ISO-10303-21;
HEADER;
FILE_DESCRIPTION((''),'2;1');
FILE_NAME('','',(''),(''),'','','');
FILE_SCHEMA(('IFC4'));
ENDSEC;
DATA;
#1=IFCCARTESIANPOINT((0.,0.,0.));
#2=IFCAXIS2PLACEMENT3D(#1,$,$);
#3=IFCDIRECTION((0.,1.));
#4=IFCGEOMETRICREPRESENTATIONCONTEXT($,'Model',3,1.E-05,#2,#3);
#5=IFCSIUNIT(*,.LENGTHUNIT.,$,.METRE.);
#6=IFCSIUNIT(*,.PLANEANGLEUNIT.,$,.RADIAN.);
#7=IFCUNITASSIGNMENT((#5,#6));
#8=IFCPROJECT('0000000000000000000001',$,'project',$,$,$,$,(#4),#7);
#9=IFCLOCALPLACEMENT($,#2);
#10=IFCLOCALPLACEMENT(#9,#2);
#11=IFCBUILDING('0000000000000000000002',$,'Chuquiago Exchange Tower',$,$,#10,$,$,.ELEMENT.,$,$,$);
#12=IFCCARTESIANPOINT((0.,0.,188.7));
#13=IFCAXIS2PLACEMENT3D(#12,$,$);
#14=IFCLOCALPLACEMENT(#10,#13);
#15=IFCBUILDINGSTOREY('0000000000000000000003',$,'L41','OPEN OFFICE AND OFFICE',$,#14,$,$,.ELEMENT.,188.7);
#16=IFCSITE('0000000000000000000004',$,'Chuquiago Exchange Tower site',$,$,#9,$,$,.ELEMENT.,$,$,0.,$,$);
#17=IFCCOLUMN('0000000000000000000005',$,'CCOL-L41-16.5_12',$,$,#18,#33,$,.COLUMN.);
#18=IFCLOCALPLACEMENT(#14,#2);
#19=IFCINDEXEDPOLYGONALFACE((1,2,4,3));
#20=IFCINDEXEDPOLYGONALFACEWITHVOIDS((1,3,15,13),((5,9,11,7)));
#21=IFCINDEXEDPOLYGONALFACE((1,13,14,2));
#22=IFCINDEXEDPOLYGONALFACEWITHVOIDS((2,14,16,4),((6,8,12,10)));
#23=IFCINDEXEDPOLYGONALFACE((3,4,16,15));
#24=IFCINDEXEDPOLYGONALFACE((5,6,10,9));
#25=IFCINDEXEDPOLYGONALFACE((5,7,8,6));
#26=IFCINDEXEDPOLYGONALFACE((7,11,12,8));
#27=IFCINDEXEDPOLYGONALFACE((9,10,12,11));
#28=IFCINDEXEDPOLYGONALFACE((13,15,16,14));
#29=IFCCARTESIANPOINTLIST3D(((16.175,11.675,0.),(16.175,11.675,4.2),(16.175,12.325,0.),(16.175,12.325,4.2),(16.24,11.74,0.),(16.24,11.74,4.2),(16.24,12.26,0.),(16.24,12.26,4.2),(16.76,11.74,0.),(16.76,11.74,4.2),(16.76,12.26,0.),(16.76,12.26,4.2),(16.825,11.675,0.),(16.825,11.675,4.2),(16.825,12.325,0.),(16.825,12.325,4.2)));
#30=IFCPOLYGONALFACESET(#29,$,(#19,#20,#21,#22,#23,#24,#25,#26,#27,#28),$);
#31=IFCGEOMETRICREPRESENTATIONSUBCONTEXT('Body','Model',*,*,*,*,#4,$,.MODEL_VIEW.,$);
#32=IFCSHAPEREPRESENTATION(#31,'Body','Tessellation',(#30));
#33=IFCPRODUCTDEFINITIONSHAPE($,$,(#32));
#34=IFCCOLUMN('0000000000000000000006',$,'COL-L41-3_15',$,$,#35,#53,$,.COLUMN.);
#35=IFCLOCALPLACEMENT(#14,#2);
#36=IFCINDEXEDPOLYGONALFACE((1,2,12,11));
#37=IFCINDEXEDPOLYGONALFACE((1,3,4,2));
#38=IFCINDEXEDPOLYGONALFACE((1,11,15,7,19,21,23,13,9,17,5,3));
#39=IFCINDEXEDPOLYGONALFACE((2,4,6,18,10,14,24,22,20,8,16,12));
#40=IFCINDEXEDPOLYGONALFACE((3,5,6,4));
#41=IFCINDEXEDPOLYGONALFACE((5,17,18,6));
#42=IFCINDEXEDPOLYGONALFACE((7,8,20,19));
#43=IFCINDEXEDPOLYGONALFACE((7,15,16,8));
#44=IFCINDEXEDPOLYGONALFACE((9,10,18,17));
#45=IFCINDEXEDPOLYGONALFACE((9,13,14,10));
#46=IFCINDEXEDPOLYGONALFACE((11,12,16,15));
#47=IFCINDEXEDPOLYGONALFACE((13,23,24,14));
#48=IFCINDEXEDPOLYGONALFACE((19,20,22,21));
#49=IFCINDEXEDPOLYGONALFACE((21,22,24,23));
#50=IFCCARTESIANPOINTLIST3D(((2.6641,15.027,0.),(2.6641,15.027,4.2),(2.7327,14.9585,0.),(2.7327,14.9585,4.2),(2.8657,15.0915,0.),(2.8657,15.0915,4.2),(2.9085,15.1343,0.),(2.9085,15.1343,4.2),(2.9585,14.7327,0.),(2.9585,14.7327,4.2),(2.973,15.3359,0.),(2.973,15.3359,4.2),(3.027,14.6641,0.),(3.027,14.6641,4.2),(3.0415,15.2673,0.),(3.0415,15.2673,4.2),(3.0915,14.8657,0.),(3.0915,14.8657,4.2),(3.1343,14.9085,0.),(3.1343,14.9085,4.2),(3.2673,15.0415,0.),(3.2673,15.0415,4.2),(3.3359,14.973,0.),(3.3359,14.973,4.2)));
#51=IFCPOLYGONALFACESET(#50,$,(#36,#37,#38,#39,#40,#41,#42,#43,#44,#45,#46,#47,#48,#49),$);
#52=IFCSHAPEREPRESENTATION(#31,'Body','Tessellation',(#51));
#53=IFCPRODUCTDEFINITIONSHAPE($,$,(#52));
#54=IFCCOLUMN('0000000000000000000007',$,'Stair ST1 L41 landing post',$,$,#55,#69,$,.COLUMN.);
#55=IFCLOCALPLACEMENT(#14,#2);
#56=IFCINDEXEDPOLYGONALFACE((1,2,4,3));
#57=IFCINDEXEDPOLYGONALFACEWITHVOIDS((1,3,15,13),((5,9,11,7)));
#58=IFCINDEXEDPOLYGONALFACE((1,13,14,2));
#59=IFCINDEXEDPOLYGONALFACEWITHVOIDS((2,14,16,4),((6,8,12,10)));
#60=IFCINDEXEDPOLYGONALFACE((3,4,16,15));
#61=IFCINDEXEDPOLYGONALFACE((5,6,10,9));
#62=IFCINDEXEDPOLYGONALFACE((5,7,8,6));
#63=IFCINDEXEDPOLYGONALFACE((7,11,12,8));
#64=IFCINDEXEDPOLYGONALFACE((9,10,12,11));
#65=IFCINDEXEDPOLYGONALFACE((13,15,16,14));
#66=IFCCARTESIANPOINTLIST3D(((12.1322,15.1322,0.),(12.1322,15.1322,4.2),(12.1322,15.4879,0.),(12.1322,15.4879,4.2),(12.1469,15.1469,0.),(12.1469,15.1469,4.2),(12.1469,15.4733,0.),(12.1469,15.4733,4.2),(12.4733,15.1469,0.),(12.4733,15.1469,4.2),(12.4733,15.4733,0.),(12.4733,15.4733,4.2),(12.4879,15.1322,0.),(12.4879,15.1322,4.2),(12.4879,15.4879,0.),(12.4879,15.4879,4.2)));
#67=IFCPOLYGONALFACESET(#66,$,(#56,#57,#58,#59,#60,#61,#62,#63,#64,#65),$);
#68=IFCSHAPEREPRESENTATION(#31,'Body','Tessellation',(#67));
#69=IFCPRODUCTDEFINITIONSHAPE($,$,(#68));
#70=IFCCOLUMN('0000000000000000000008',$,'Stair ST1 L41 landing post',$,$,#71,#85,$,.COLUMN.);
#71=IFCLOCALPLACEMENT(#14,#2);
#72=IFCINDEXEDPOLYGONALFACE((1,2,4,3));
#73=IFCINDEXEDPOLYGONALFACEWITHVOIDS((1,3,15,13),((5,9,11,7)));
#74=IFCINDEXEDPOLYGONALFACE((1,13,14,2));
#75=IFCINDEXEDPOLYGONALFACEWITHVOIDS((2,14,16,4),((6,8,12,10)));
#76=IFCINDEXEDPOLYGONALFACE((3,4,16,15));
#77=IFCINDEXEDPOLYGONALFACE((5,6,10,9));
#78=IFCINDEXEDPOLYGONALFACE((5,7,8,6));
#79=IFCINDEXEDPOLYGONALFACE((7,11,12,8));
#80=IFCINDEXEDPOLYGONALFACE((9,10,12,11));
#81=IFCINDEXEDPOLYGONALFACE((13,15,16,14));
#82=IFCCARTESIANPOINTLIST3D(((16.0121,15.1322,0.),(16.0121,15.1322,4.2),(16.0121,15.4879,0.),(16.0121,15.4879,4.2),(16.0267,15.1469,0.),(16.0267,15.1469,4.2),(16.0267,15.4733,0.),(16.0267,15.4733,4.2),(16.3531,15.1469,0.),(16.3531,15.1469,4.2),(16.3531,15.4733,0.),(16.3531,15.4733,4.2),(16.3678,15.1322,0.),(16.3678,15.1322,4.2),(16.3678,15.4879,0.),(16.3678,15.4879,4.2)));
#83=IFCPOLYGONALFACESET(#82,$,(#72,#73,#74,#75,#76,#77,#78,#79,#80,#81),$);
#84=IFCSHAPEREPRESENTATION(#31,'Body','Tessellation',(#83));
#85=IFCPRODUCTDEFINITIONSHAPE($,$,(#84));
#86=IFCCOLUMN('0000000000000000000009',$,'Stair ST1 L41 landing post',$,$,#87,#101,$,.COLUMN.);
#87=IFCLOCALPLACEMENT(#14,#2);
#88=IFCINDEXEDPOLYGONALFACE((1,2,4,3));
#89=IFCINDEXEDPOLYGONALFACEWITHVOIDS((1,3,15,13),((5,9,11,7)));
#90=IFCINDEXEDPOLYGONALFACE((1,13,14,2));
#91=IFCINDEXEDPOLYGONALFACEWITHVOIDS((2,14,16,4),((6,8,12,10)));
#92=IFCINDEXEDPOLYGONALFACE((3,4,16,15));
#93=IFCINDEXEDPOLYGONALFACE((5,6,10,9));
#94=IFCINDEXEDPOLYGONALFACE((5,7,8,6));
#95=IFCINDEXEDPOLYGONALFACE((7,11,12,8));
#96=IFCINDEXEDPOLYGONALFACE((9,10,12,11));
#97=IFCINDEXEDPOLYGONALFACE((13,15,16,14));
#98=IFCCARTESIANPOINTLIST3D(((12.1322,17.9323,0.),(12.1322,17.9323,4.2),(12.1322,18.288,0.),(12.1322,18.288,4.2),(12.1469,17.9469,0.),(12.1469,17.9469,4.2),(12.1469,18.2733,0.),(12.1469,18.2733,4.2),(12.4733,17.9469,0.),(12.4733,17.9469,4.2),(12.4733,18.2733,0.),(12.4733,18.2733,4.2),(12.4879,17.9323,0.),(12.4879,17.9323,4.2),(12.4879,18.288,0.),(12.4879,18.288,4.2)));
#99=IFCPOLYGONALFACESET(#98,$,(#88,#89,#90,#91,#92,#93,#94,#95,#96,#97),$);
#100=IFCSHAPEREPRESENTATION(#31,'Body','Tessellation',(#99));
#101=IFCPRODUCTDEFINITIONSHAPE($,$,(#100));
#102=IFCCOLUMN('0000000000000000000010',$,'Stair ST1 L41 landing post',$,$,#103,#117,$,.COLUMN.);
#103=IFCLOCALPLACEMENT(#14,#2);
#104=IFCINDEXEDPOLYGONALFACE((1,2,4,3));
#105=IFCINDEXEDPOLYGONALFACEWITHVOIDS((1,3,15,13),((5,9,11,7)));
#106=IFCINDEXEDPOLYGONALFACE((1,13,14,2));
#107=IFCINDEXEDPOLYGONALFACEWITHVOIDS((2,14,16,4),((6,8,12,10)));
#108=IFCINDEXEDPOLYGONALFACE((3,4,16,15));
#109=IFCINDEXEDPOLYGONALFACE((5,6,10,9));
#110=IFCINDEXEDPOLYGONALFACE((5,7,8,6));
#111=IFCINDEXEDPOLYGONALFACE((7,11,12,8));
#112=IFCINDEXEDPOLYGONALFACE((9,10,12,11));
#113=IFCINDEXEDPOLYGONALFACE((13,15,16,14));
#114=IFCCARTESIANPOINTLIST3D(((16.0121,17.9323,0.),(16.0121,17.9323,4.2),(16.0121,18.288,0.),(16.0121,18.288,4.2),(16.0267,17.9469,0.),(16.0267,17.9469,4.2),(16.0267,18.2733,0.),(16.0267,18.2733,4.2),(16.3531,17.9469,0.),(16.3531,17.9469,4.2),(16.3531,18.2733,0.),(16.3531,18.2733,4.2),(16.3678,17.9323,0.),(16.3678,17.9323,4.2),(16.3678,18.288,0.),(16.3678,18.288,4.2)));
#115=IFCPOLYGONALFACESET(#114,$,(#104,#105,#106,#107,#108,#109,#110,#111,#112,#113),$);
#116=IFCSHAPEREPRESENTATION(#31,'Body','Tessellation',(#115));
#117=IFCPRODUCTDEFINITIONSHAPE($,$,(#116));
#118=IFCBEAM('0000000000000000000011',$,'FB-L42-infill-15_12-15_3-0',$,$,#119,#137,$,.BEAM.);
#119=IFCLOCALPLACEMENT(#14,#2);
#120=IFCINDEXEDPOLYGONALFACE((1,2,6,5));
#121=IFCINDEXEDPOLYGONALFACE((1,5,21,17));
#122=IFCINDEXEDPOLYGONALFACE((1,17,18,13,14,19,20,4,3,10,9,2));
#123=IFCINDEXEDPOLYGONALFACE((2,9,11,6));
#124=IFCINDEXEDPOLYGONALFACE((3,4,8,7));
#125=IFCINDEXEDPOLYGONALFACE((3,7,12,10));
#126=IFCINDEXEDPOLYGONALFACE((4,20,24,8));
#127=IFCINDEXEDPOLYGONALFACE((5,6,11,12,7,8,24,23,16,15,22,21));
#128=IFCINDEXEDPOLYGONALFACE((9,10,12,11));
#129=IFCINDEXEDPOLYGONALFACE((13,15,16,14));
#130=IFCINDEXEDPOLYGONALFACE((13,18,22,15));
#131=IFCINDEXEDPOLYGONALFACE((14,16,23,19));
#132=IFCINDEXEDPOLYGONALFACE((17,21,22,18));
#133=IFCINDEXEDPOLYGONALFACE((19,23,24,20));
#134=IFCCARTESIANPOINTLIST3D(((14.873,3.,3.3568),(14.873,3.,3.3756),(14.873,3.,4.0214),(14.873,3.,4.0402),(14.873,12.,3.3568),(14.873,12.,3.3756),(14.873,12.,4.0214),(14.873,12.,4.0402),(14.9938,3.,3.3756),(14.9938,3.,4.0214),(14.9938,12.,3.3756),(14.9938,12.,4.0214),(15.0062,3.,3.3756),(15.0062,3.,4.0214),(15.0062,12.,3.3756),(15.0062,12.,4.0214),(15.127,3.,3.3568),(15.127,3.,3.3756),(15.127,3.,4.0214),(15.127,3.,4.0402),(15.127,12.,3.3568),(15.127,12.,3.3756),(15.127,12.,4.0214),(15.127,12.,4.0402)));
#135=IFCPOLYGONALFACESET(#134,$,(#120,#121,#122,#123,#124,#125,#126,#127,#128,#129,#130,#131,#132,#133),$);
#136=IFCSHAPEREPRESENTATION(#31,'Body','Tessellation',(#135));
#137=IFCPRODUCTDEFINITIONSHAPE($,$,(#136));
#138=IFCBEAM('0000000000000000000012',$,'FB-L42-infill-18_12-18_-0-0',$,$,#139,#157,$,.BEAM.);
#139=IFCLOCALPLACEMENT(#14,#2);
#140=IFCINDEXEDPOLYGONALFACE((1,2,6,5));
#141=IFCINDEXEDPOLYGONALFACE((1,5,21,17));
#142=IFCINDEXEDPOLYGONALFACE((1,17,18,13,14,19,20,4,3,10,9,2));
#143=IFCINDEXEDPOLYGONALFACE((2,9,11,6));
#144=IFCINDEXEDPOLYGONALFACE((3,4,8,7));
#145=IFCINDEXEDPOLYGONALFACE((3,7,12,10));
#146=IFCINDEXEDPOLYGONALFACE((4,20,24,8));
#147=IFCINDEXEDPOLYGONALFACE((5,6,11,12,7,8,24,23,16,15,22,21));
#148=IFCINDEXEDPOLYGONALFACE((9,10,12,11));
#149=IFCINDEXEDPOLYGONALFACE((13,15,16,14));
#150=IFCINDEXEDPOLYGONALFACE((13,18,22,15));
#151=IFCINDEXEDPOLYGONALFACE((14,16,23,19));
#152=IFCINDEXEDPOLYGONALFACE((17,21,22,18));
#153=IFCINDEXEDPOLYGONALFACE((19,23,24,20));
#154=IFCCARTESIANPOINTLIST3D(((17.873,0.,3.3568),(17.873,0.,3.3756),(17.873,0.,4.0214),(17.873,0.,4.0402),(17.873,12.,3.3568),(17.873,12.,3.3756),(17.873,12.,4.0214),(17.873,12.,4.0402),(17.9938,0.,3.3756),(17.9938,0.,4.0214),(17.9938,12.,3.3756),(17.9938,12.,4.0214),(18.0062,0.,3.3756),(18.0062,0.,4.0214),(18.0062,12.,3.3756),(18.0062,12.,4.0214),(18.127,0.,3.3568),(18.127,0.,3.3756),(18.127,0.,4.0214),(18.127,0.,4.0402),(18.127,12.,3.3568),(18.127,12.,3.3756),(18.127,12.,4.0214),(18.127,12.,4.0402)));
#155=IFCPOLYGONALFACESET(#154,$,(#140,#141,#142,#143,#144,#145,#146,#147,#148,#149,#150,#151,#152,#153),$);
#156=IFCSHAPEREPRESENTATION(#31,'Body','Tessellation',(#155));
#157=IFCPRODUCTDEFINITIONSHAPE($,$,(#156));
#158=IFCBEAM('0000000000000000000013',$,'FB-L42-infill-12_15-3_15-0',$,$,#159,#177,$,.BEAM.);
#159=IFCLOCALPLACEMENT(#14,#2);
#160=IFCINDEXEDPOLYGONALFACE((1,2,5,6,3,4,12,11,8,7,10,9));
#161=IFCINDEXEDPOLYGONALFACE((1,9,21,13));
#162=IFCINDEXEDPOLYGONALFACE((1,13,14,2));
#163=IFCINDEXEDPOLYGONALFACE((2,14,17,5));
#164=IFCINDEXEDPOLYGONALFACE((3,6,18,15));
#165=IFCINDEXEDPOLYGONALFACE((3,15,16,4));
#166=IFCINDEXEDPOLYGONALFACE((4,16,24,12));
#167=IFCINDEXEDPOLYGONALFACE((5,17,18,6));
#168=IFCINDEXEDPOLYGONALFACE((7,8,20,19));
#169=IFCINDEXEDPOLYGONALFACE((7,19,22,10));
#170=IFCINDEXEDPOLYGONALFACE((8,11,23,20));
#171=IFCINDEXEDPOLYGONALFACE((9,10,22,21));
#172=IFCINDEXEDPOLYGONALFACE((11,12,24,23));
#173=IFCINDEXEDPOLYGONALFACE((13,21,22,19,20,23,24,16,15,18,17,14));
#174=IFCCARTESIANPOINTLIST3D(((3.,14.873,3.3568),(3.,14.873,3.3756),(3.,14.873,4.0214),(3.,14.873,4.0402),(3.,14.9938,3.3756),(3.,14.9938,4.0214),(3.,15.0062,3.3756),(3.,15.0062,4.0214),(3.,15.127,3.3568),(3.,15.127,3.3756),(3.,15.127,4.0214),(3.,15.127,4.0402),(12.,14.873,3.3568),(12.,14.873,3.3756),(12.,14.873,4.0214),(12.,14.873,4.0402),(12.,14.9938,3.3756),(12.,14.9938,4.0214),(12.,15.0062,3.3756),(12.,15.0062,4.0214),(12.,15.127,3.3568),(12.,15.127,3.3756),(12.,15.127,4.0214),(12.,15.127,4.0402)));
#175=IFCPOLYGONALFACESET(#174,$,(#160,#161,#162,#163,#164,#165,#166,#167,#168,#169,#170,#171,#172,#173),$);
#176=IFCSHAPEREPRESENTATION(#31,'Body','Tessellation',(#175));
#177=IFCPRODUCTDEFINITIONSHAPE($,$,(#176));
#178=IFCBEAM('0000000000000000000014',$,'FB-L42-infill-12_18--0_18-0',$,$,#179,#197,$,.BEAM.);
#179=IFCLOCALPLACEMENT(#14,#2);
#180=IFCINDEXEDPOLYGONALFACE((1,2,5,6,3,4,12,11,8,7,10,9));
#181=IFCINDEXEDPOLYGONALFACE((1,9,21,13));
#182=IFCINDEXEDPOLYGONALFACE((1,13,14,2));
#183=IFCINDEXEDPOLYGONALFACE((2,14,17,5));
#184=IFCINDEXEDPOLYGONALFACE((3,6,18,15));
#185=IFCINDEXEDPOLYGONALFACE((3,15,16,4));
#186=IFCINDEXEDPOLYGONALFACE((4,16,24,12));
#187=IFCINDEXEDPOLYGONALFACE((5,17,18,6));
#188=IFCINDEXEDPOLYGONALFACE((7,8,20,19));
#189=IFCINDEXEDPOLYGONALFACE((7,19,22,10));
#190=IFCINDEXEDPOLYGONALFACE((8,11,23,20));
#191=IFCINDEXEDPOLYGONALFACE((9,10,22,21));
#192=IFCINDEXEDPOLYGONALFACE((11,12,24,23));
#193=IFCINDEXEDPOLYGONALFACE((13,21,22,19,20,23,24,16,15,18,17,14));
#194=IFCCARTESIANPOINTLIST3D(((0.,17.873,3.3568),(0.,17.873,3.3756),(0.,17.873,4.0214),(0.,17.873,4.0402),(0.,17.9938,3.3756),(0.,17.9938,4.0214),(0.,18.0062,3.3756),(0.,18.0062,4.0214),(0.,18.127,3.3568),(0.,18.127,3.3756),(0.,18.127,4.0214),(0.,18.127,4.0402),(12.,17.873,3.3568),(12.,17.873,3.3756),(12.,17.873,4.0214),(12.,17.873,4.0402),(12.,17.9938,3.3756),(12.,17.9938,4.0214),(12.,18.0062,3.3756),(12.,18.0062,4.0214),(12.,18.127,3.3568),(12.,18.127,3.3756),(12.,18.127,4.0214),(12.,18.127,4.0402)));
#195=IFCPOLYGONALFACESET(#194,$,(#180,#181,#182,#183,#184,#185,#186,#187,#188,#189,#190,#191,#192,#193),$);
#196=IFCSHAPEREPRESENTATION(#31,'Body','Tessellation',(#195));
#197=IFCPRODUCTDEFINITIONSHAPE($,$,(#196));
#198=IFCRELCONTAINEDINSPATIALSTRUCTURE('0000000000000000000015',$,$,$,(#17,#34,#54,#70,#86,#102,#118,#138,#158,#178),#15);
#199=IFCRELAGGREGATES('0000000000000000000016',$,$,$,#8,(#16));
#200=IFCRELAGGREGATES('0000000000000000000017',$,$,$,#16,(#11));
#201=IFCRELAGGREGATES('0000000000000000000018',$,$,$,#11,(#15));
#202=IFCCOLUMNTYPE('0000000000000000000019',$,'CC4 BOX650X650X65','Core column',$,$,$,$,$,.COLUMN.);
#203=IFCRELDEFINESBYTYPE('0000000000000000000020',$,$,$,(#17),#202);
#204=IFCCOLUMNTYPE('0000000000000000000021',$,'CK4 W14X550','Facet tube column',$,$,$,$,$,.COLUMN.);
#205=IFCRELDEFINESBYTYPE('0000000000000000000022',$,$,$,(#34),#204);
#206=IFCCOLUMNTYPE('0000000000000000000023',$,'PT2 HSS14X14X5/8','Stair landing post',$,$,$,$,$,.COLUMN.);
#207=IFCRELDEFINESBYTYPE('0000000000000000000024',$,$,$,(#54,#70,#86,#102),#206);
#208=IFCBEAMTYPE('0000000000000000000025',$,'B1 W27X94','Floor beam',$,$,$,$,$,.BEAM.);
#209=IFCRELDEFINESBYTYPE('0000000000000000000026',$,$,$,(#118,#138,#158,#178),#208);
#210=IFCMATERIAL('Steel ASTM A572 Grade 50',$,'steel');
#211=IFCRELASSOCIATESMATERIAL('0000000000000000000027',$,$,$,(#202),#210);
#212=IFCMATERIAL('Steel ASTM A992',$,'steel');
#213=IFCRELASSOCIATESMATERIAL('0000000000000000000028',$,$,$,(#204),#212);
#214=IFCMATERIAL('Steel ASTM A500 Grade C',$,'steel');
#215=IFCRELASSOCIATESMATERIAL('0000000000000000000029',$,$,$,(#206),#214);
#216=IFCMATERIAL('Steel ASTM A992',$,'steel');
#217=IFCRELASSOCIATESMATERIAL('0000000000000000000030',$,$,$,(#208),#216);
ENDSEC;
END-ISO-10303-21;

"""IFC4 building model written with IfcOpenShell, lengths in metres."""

from ifc_helpers import new_model, si_unit, direction, frame, origin, origin_2d, place, context, subcontext, project, spatial, hollow_rectangle, i_section, extrude, material, material_profile, profile_set, type_object, element, save


model = new_model("IFC4")

# Units and contexts
model_context = context("Model", 3, precision=1e-05, world=origin(), true_north=direction((0.0, 1.0)))
body_context = subcontext(model_context, "Body", "Model", "MODEL_VIEW")
ifc_project = project(units=[si_unit("LENGTHUNIT", "METRE"), si_unit("PLANEANGLEUNIT", "RADIAN")], contexts=[model_context])

# Site, building, storey
site_placement = place(None, origin())
site = spatial("IfcSite", under=ifc_project, at=site_placement, Name="Chuquiago Exchange Tower site", CompositionType="ELEMENT", RefElevation=0.0)
building_placement = place(site_placement, origin())
building = spatial("IfcBuilding", under=site, at=building_placement, Name="Chuquiago Exchange Tower", CompositionType="ELEMENT")
storey_placement = place(building_placement, frame((0.0, 0.0, 188.7)))
storey = spatial("IfcBuildingStorey", under=building, at=storey_placement, Name="L41", Description="OPEN OFFICE AND OFFICE", CompositionType="ELEMENT", Elevation=188.7)

# Columns
ifc_material_1 = material(Name="Steel ASTM A572 Grade 50", Category="steel")
ifc_material_profile_1 = material_profile(ifc_material_1, hollow_rectangle(XDim=0.6499, YDim=0.6499, WallThickness=0.0649, at=origin_2d()), Name="BOX650X650X65")
ifc_profile_set_1 = profile_set([ifc_material_profile_1], Name="Steel ASTM A572 Grade 50")
column_type_1 = type_object("IfcColumnType", Name="CC4 BOX650X650X65", Description="Core column", PredefinedType="COLUMN", material=ifc_profile_set_1)
column_1_placement = place(storey_placement, frame((16.5, 12.0, 0.0), z_axis=(0.0, 0.0, 1.0), x_axis=(1.0, 0.0, 0.0)))
element("IfcColumn", 1, at=column_1_placement, inside=storey, type_object=column_type_1, Name="CCOL-L41-16.5_12", PredefinedType="COLUMN", context=body_context, shape_type="SweptSolid", body=[
    extrude(hollow_rectangle(XDim=0.6499, YDim=0.6499, WallThickness=0.0649, at=origin_2d()), origin(), (0.0, 0.0, 1.0), 4.2),
])
ifc_material_2 = material(Name="Steel ASTM A992", Category="steel")
ifc_material_profile_2 = material_profile(ifc_material_2, i_section(OverallWidth=0.4368, OverallDepth=0.5132, WebThickness=0.0605, FlangeThickness=0.0969, at=origin_2d()), Name="W14X550")
ifc_profile_set_2 = profile_set([ifc_material_profile_2], Name="Steel ASTM A992")
column_type_2 = type_object("IfcColumnType", Name="CK4 W14X550", Description="Facet tube column", PredefinedType="COLUMN", material=ifc_profile_set_2)
column_2_placement = place(storey_placement, frame((3.0, 15.0, 0.0), z_axis=(0.0, 0.0, 1.0), x_axis=(-0.707107, -0.707107, 0.0)))
element("IfcColumn", 2, at=column_2_placement, inside=storey, type_object=column_type_2, Name="COL-L41-3_15", PredefinedType="COLUMN", context=body_context, shape_type="SweptSolid", body=[
    extrude(i_section(OverallWidth=0.4368, OverallDepth=0.5132, WebThickness=0.0605, FlangeThickness=0.0969, at=origin_2d()), origin(), (0.0, 0.0, 1.0), 4.2),
])
ifc_material_3 = material(Name="Steel ASTM A500 Grade C", Category="steel")
ifc_material_profile_3 = material_profile(ifc_material_3, hollow_rectangle(XDim=0.3557, YDim=0.3557, WallThickness=0.0146, at=origin_2d()), Name="HSS14X14X5/8")
ifc_profile_set_3 = profile_set([ifc_material_profile_3], Name="Steel ASTM A500 Grade C")
column_type_3 = type_object("IfcColumnType", Name="PT2 HSS14X14X5/8", Description="Stair landing post", PredefinedType="COLUMN", material=ifc_profile_set_3)
for number, where, z_axis, x_axis, name in (
    (3, (12.3101, 15.3101, 0.0), (0.0, 0.0, 1.0), (1.0, 0.0, 0.0), "Stair ST1 L41 landing post"),
    (4, (16.1899, 15.3101, 0.0), (0.0, 0.0, 1.0), (1.0, 0.0, 0.0), "Stair ST1 L41 landing post"),
    (5, (12.3101, 18.1101, 0.0), (0.0, 0.0, 1.0), (1.0, 0.0, 0.0), "Stair ST1 L41 landing post"),
    (6, (16.1899, 18.1101, 0.0), (0.0, 0.0, 1.0), (1.0, 0.0, 0.0), "Stair ST1 L41 landing post"),
):
    element("IfcColumn", number, at=place(storey_placement, frame(where, z_axis=z_axis, x_axis=x_axis)), inside=storey, type_object=column_type_3, Name=name, PredefinedType="COLUMN", context=body_context, shape_type="SweptSolid", body=[
        extrude(hollow_rectangle(XDim=0.3557, YDim=0.3557, WallThickness=0.0146, at=origin_2d()), origin(), (0.0, 0.0, 1.0), 4.2),
    ])

# Beams
ifc_material_4 = material(Name="Steel ASTM A992", Category="steel")
ifc_material_profile_4 = material_profile(ifc_material_4, i_section(OverallWidth=0.2539, OverallDepth=0.6833, WebThickness=0.0125, FlangeThickness=0.0188, at=origin_2d()), Name="W27X94")
ifc_profile_set_4 = profile_set([ifc_material_profile_4], Name="Steel ASTM A992")
beam_type_1 = type_object("IfcBeamType", Name="B1 W27X94", Description="Floor beam", PredefinedType="BEAM", material=ifc_profile_set_4)
beam_1_placement = place(storey_placement, frame((15.0, 12.0, 3.6985), z_axis=(0.0, -1.0, 0.0), x_axis=(1.0, 0.0, 0.0)))
element("IfcBeam", 7, at=beam_1_placement, inside=storey, type_object=beam_type_1, Name="FB-L42-infill-15_12-15_3-0", PredefinedType="BEAM", context=body_context, shape_type="SweptSolid", body=[
    extrude(i_section(OverallWidth=0.2539, OverallDepth=0.6833, WebThickness=0.0125, FlangeThickness=0.0188, at=origin_2d()), origin(), (0.0, 0.0, 1.0), 9.0),
])
beam_2_placement = place(storey_placement, frame((18.0, 12.0, 3.6985), z_axis=(0.0, -1.0, 0.0), x_axis=(1.0, 0.0, 0.0)))
element("IfcBeam", 8, at=beam_2_placement, inside=storey, type_object=beam_type_1, Name="FB-L42-infill-18_12-18_-0-0", PredefinedType="BEAM", context=body_context, shape_type="SweptSolid", body=[
    extrude(i_section(OverallWidth=0.2539, OverallDepth=0.6833, WebThickness=0.0125, FlangeThickness=0.0188, at=origin_2d()), origin(), (0.0, 0.0, 1.0), 12.0),
])
beam_3_placement = place(storey_placement, frame((12.0, 15.0, 3.6985), z_axis=(-1.0, 0.0, 0.0), x_axis=(0.0, -1.0, 0.0)))
element("IfcBeam", 9, at=beam_3_placement, inside=storey, type_object=beam_type_1, Name="FB-L42-infill-12_15-3_15-0", PredefinedType="BEAM", context=body_context, shape_type="SweptSolid", body=[
    extrude(i_section(OverallWidth=0.2539, OverallDepth=0.6833, WebThickness=0.0125, FlangeThickness=0.0188, at=origin_2d()), origin(), (0.0, 0.0, 1.0), 9.0),
])
beam_4_placement = place(storey_placement, frame((12.0, 18.0, 3.6985), z_axis=(-1.0, 0.0, 0.0), x_axis=(0.0, -1.0, 0.0)))
element("IfcBeam", 10, at=beam_4_placement, inside=storey, type_object=beam_type_1, Name="FB-L42-infill-12_18--0_18-0", PredefinedType="BEAM", context=body_context, shape_type="SweptSolid", body=[
    extrude(i_section(OverallWidth=0.2539, OverallDepth=0.6833, WebThickness=0.0125, FlangeThickness=0.0188, at=origin_2d()), origin(), (0.0, 0.0, 1.0), 12.0),
])

save(model, "model.ifc")
